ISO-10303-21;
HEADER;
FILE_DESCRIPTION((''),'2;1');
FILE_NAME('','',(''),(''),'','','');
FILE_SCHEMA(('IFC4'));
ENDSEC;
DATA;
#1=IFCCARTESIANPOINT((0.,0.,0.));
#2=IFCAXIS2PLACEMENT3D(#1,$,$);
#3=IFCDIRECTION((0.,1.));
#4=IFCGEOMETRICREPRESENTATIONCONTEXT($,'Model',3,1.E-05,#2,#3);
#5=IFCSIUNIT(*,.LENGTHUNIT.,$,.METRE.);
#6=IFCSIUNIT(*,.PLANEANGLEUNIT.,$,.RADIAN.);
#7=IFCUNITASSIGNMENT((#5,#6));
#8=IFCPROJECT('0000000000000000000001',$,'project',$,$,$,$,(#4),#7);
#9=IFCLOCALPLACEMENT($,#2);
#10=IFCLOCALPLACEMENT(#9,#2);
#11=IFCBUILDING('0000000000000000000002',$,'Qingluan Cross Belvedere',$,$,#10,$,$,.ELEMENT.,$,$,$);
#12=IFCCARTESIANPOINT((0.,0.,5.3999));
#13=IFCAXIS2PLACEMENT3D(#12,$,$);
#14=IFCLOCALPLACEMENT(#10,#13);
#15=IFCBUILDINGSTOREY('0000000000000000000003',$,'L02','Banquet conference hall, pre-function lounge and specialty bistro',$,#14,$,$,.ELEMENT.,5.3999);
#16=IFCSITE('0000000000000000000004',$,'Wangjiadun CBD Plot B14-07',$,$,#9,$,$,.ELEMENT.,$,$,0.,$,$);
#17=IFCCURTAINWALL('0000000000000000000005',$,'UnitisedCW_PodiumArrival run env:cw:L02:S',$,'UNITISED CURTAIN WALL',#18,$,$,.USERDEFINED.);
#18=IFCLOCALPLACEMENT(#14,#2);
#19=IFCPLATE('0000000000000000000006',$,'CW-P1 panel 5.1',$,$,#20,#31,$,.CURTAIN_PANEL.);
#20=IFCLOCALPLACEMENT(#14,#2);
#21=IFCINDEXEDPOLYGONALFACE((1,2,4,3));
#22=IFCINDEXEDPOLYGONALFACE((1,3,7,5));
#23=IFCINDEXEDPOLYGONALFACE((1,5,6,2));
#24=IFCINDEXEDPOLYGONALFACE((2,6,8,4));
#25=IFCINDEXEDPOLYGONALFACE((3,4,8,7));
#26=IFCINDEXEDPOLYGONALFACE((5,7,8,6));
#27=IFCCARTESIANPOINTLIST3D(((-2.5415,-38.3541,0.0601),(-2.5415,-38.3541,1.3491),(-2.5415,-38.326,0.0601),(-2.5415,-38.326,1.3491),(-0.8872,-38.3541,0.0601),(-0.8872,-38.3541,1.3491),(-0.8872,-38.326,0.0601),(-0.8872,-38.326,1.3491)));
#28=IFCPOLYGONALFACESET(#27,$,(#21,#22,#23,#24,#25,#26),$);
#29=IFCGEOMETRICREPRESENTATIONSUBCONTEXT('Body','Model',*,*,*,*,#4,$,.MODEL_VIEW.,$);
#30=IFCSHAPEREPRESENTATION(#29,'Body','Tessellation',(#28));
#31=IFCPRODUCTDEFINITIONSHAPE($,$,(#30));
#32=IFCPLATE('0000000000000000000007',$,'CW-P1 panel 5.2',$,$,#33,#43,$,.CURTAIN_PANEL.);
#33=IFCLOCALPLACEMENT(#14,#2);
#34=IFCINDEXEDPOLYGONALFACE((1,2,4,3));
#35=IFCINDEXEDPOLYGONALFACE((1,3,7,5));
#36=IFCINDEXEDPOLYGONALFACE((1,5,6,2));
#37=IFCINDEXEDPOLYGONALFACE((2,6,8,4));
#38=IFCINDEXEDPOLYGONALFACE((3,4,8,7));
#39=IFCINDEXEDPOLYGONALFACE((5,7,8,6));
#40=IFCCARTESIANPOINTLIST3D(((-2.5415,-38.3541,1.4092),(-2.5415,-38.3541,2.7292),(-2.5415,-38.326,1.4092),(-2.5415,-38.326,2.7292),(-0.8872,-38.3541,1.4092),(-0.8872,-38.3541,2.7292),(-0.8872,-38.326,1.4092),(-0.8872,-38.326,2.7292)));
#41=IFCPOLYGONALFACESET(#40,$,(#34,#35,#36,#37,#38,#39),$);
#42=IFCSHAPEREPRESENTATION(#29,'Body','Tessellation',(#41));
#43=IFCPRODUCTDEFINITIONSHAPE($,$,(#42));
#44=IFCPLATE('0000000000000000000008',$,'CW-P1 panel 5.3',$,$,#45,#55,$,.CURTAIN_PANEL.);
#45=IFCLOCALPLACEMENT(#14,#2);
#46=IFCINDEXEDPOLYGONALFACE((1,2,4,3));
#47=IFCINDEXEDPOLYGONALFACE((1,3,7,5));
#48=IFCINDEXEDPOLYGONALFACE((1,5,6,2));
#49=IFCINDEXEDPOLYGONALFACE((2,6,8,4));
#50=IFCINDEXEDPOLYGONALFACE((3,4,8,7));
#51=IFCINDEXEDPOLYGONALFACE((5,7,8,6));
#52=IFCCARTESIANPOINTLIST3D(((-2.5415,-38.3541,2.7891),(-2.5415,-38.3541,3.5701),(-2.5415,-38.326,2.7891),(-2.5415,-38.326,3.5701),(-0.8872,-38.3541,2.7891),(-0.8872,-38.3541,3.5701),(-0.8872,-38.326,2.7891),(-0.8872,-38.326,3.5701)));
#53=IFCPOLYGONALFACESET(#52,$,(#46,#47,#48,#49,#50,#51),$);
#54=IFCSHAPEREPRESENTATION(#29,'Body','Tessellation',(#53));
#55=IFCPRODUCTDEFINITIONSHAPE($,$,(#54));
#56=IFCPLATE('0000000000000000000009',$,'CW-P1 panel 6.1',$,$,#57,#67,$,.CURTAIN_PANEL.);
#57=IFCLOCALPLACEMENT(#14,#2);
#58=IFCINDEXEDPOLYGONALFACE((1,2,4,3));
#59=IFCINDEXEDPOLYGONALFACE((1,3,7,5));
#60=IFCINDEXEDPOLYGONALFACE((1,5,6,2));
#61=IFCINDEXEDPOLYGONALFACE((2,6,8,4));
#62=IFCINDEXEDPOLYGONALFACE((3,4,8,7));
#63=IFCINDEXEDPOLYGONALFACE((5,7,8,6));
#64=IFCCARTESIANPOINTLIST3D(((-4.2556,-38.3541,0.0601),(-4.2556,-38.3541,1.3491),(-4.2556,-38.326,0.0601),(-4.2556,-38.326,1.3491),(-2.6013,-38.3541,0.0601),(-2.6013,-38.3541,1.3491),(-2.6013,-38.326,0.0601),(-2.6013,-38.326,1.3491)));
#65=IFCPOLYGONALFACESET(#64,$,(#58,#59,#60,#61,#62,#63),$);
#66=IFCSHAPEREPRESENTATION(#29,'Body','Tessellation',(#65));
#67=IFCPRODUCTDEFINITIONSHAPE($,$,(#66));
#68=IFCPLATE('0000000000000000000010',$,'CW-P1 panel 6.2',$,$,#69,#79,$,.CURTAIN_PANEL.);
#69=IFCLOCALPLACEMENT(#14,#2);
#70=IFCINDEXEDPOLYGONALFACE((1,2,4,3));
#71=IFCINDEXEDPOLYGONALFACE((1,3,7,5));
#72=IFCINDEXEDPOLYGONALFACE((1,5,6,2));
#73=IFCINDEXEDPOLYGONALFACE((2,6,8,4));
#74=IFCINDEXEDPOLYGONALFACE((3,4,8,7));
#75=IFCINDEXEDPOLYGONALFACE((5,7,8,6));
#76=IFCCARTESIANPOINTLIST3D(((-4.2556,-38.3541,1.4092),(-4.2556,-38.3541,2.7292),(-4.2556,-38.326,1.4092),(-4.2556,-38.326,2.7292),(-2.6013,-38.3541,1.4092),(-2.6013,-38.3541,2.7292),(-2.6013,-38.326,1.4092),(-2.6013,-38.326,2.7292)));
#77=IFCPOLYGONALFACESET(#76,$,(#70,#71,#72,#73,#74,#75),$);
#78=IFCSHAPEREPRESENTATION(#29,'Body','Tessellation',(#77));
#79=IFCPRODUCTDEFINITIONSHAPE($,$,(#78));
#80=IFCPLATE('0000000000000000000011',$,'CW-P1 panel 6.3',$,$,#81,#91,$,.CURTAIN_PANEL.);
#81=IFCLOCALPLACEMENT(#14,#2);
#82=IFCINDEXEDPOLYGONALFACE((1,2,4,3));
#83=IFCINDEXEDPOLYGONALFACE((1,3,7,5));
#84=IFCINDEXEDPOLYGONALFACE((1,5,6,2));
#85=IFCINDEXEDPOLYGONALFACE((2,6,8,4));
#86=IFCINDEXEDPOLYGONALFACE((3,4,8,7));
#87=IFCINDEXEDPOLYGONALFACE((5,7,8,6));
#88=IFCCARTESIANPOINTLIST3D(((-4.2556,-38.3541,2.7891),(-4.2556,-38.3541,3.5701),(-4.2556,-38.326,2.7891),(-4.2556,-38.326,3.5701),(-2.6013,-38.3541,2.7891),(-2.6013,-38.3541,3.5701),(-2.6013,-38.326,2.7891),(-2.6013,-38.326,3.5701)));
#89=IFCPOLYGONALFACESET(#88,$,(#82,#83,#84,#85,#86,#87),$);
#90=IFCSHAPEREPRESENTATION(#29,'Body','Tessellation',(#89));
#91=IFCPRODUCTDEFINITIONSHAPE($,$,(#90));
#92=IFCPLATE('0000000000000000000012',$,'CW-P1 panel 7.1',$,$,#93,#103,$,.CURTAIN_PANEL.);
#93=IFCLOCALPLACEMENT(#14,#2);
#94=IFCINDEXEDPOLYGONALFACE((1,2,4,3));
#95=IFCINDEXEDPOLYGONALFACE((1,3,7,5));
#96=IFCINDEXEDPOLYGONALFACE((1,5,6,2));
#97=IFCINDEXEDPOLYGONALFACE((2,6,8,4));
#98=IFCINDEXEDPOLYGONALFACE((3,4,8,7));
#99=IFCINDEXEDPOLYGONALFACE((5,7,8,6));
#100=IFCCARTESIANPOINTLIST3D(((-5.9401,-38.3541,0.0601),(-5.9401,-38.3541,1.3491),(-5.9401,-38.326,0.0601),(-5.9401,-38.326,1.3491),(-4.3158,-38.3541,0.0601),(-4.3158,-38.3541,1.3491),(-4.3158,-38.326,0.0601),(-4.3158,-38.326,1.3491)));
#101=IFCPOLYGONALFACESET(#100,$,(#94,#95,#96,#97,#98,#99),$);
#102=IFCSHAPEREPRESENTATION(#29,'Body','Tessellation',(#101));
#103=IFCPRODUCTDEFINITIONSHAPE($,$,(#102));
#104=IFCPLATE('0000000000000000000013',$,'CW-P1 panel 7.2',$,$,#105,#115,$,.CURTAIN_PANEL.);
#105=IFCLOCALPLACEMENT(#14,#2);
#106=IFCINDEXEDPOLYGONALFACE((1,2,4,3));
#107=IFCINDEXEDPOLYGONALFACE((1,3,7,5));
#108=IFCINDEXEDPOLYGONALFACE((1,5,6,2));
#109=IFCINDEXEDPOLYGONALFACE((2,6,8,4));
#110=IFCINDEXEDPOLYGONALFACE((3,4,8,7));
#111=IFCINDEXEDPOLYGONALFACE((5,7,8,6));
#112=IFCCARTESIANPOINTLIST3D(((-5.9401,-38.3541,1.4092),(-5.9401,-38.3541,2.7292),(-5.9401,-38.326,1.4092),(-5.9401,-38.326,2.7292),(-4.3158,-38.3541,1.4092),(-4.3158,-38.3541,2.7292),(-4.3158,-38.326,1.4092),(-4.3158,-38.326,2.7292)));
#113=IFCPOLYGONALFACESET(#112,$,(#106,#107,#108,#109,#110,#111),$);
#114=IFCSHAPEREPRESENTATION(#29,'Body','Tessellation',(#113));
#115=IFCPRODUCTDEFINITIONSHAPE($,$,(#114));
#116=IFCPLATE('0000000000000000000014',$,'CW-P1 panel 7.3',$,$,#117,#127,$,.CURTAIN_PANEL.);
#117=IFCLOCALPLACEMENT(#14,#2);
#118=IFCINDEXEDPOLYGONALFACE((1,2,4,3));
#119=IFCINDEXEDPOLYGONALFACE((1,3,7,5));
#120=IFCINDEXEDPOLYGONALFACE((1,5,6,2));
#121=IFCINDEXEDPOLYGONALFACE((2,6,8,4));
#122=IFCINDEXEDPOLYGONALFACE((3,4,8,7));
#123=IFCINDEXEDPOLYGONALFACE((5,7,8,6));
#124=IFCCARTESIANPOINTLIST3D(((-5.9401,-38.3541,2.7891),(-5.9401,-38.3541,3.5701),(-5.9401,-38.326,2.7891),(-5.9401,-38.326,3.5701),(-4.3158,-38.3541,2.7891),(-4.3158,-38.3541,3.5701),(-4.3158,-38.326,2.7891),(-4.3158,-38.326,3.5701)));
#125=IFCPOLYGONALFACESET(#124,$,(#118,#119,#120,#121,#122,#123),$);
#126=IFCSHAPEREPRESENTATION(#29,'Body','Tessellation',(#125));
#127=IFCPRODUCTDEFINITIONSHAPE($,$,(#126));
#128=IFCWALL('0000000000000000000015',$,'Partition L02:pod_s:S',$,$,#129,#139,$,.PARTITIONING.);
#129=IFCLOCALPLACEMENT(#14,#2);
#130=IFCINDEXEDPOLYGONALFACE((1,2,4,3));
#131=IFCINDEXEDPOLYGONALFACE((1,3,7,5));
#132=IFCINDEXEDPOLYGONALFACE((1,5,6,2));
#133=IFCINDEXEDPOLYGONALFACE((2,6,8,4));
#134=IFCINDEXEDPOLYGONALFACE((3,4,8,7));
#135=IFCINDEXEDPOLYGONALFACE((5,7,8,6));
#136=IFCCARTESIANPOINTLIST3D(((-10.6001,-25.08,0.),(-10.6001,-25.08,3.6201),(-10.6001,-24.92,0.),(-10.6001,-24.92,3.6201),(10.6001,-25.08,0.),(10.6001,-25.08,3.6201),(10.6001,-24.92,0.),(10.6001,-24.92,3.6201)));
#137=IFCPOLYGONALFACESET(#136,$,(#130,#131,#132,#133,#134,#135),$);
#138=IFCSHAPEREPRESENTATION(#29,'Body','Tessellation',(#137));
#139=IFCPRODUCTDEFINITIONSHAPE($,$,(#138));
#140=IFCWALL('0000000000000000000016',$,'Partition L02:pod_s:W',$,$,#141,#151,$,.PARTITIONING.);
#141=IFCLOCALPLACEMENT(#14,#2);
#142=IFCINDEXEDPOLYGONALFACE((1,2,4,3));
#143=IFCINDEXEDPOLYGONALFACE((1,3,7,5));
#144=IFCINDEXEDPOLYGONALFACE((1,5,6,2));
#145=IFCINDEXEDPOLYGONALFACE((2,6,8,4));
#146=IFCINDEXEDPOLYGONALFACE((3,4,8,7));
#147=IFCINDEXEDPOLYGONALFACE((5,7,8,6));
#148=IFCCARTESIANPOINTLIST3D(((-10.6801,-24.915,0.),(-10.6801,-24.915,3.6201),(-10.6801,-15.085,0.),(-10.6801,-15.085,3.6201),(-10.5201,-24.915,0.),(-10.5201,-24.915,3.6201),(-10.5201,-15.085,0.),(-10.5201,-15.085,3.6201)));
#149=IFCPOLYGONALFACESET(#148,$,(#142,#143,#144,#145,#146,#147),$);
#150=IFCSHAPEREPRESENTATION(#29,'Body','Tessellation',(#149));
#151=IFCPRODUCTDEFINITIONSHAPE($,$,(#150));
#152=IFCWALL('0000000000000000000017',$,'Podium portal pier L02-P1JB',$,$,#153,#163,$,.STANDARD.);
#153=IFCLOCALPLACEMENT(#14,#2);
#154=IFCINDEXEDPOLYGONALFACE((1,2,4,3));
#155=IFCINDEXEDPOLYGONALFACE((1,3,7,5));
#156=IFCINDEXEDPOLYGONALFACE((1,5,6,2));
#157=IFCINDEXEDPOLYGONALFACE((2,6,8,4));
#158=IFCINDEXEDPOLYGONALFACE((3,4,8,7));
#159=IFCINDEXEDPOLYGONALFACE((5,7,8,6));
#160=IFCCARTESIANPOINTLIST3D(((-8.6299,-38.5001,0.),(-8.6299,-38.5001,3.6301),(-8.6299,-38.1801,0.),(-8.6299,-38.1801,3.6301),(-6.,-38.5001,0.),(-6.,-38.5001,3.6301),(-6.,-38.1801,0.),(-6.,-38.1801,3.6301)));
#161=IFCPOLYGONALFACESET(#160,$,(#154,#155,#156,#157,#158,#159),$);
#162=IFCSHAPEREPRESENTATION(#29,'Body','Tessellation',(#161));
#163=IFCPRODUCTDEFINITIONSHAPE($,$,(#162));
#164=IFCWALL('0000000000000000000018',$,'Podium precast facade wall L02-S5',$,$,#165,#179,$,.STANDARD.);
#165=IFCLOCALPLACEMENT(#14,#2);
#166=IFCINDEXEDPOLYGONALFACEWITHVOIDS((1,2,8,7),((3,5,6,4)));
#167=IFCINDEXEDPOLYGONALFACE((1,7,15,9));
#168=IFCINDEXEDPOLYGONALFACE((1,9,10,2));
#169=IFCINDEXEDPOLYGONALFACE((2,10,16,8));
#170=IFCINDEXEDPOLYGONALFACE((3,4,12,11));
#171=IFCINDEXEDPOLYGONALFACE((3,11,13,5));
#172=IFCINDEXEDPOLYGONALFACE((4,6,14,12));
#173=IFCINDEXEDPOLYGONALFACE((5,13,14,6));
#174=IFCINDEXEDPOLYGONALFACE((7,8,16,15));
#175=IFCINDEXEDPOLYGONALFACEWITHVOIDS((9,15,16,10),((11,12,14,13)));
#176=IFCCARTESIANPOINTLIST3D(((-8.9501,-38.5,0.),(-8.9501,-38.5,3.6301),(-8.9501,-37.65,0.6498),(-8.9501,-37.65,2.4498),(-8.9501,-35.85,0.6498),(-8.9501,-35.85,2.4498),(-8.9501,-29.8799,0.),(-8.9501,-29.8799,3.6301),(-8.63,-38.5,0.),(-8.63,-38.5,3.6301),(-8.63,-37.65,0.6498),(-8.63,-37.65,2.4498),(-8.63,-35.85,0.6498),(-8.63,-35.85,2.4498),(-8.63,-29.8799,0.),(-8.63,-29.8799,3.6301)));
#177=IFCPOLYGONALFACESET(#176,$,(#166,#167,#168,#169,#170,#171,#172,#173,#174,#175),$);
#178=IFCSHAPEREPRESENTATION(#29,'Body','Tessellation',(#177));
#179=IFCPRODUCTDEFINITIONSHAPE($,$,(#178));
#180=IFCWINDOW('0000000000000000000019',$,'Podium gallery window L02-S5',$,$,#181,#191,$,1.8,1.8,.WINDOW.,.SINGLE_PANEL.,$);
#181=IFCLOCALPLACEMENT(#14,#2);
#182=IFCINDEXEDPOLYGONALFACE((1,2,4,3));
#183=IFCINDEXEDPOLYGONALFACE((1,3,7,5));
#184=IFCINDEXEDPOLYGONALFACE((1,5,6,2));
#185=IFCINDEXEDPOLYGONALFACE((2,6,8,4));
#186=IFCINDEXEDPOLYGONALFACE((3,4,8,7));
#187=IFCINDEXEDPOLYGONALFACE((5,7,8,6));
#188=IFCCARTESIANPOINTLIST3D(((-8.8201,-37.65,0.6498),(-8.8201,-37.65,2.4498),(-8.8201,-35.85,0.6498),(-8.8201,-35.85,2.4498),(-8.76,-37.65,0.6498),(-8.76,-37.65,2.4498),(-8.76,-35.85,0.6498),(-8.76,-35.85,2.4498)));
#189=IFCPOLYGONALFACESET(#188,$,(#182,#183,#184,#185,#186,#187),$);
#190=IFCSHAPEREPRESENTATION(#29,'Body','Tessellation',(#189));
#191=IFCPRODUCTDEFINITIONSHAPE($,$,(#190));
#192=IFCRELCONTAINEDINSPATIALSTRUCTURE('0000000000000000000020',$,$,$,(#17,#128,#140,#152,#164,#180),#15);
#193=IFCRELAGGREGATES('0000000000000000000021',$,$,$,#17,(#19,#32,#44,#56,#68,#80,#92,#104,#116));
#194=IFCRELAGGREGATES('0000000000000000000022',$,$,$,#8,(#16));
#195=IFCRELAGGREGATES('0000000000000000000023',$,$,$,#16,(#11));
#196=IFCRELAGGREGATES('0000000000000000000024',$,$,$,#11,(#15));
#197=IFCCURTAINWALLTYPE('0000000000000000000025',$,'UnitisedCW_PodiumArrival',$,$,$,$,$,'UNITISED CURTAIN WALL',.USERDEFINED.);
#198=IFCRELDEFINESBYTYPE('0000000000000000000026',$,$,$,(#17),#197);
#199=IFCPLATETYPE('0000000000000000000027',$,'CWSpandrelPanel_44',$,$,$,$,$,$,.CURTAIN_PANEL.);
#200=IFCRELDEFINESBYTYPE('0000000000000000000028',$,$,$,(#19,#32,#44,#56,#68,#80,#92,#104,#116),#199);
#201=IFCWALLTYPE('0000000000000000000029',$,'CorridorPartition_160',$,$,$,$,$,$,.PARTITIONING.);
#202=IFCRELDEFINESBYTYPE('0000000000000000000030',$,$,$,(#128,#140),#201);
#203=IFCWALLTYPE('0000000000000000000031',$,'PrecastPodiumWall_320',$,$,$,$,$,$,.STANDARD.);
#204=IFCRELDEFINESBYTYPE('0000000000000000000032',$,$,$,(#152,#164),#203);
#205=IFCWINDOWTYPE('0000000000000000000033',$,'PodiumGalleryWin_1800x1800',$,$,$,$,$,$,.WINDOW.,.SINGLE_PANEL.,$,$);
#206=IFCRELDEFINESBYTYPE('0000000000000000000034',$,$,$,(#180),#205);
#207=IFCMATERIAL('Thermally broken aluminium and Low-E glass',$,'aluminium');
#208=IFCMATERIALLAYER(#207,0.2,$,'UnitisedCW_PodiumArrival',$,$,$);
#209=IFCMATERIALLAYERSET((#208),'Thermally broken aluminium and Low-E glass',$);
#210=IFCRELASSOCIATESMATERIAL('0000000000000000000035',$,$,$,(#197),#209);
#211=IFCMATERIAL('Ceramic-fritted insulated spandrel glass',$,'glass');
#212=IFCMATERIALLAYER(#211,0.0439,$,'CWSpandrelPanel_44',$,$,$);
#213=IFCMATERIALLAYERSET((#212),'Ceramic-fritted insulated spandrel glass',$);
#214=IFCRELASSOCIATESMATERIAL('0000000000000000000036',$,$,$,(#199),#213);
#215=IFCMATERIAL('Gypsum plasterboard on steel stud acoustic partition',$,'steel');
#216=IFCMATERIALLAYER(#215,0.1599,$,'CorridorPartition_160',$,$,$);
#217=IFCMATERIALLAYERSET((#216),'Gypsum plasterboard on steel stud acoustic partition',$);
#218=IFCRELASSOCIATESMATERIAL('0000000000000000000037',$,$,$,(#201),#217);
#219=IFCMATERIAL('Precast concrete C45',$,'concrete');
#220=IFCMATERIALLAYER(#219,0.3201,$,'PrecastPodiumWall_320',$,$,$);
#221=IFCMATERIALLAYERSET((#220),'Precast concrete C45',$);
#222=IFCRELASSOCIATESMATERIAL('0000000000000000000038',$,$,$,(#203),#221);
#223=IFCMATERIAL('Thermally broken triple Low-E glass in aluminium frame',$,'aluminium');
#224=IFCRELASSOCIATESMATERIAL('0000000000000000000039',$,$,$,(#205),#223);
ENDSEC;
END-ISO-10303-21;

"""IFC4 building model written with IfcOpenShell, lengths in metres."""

from ifc_helpers import new_model, si_unit, direction, frame, frame_2d, origin, origin_2d, place, context, subcontext, project, spatial, rectangle, extrude, material, layer, layer_set, type_object, element, fill, aggregate, save


model = new_model("IFC4")

# Units and contexts
model_context = context("Model", 3, precision=1e-05, world=origin(), true_north=direction((0.0, 1.0)))
body_context = subcontext(model_context, "Body", "Model", "MODEL_VIEW")
ifc_project = project(units=[si_unit("LENGTHUNIT", "METRE"), si_unit("PLANEANGLEUNIT", "RADIAN")], contexts=[model_context])

# Site, building, storey
site_placement = place(None, origin())
site = spatial("IfcSite", under=ifc_project, at=site_placement, Name="Wangjiadun CBD Plot B14-07", CompositionType="ELEMENT", RefElevation=0.0)
building_placement = place(site_placement, origin())
building = spatial("IfcBuilding", under=site, at=building_placement, Name="Qingluan Cross Belvedere", CompositionType="ELEMENT")
storey_placement = place(building_placement, frame((0.0, 0.0, 5.3999)))
storey = spatial("IfcBuildingStorey", under=building, at=storey_placement, Name="L02", Description="Banquet conference hall, pre-function lounge and specialty bistro", CompositionType="ELEMENT", Elevation=5.3999)

# Curtain wall
ifc_material_1 = material(Name="Thermally broken aluminium and Low-E glass", Category="aluminium")
ifc_layer_1 = layer(ifc_material_1, 0.2, Name="UnitisedCW_PodiumArrival")
ifc_layer_set_1 = layer_set([ifc_layer_1], Name="Thermally broken aluminium and Low-E glass")
curtain_wall_type = type_object("IfcCurtainWallType", Name="UnitisedCW_PodiumArrival", ElementType="UNITISED CURTAIN WALL", PredefinedType="USERDEFINED", material=ifc_layer_set_1)
curtain_wall_placement = place(storey_placement, origin())
curtain_wall = element("IfcCurtainWall", 1, at=curtain_wall_placement, inside=storey, type_object=curtain_wall_type, Name="UnitisedCW_PodiumArrival run env:cw:L02:S", ObjectType="UNITISED CURTAIN WALL", PredefinedType="USERDEFINED")

# Plates
ifc_material_2 = material(Name="Ceramic-fritted insulated spandrel glass", Category="glass")
ifc_layer_2 = layer(ifc_material_2, 0.0439, Name="CWSpandrelPanel_44")
ifc_layer_set_2 = layer_set([ifc_layer_2], Name="Ceramic-fritted insulated spandrel glass")
plate_type = type_object("IfcPlateType", Name="CWSpandrelPanel_44", PredefinedType="CURTAIN_PANEL", material=ifc_layer_set_2)
plate_1_placement = place(storey_placement, frame((-1.7144, -38.3401, 0.0601), z_axis=(0.0, 0.0, 1.0), x_axis=(-1.0, 0.0, 0.0)))
plate_1 = element("IfcPlate", 2, at=plate_1_placement, type_object=plate_type, Name="CW-P1 panel 5.1", PredefinedType="CURTAIN_PANEL", context=body_context, shape_type="SweptSolid", body=[
    extrude(rectangle(XDim=1.6543, YDim=0.0281, at=origin_2d()), origin(), (0.0, 0.0, 1.0), 1.2891),
])
plate_2_placement = place(storey_placement, frame((-1.7144, -38.3401, 1.4092), z_axis=(0.0, 0.0, 1.0), x_axis=(-1.0, 0.0, 0.0)))
plate_2 = element("IfcPlate", 3, at=plate_2_placement, type_object=plate_type, Name="CW-P1 panel 5.2", PredefinedType="CURTAIN_PANEL", context=body_context, shape_type="SweptSolid", body=[
    extrude(rectangle(XDim=1.6543, YDim=0.0281, at=origin_2d()), origin(), (0.0, 0.0, 1.0), 1.3201),
])
plate_3_placement = place(storey_placement, frame((-1.7144, -38.3401, 2.7891), z_axis=(0.0, 0.0, 1.0), x_axis=(-1.0, 0.0, 0.0)))
plate_3 = element("IfcPlate", 4, at=plate_3_placement, type_object=plate_type, Name="CW-P1 panel 5.3", PredefinedType="CURTAIN_PANEL", context=body_context, shape_type="SweptSolid", body=[
    extrude(rectangle(XDim=1.6543, YDim=0.0281, at=origin_2d()), origin(), (0.0, 0.0, 1.0), 0.781),
])
plate_4_placement = place(storey_placement, frame((-3.4285, -38.3401, 0.0601), z_axis=(0.0, 0.0, 1.0), x_axis=(-1.0, 0.0, 0.0)))
plate_4 = element("IfcPlate", 5, at=plate_4_placement, type_object=plate_type, Name="CW-P1 panel 6.1", PredefinedType="CURTAIN_PANEL", context=body_context, shape_type="SweptSolid", body=[
    extrude(rectangle(XDim=1.6543, YDim=0.0281, at=origin_2d()), origin(), (0.0, 0.0, 1.0), 1.2891),
])
plate_5_placement = place(storey_placement, frame((-3.4285, -38.3401, 1.4092), z_axis=(0.0, 0.0, 1.0), x_axis=(-1.0, 0.0, 0.0)))
plate_5 = element("IfcPlate", 6, at=plate_5_placement, type_object=plate_type, Name="CW-P1 panel 6.2", PredefinedType="CURTAIN_PANEL", context=body_context, shape_type="SweptSolid", body=[
    extrude(rectangle(XDim=1.6543, YDim=0.0281, at=origin_2d()), origin(), (0.0, 0.0, 1.0), 1.3201),
])
plate_6_placement = place(storey_placement, frame((-3.4285, -38.3401, 2.7891), z_axis=(0.0, 0.0, 1.0), x_axis=(-1.0, 0.0, 0.0)))
plate_6 = element("IfcPlate", 7, at=plate_6_placement, type_object=plate_type, Name="CW-P1 panel 6.3", PredefinedType="CURTAIN_PANEL", context=body_context, shape_type="SweptSolid", body=[
    extrude(rectangle(XDim=1.6543, YDim=0.0281, at=origin_2d()), origin(), (0.0, 0.0, 1.0), 0.781),
])
plate_7_placement = place(storey_placement, frame((-5.1279, -38.3401, 0.0601), z_axis=(0.0, 0.0, 1.0), x_axis=(-1.0, 0.0, 0.0)))
plate_7 = element("IfcPlate", 8, at=plate_7_placement, type_object=plate_type, Name="CW-P1 panel 7.1", PredefinedType="CURTAIN_PANEL", context=body_context, shape_type="SweptSolid", body=[
    extrude(rectangle(XDim=1.6243, YDim=0.0281, at=origin_2d()), origin(), (0.0, 0.0, 1.0), 1.2891),
])
plate_8_placement = place(storey_placement, frame((-5.1279, -38.3401, 1.4092), z_axis=(0.0, 0.0, 1.0), x_axis=(-1.0, 0.0, 0.0)))
plate_8 = element("IfcPlate", 9, at=plate_8_placement, type_object=plate_type, Name="CW-P1 panel 7.2", PredefinedType="CURTAIN_PANEL", context=body_context, shape_type="SweptSolid", body=[
    extrude(rectangle(XDim=1.6243, YDim=0.0281, at=origin_2d()), origin(), (0.0, 0.0, 1.0), 1.3201),
])
plate_9_placement = place(storey_placement, frame((-5.1279, -38.3401, 2.7891), z_axis=(0.0, 0.0, 1.0), x_axis=(-1.0, 0.0, 0.0)))
plate_9 = element("IfcPlate", 10, at=plate_9_placement, type_object=plate_type, Name="CW-P1 panel 7.3", PredefinedType="CURTAIN_PANEL", context=body_context, shape_type="SweptSolid", body=[
    extrude(rectangle(XDim=1.6243, YDim=0.0281, at=origin_2d()), origin(), (0.0, 0.0, 1.0), 0.781),
])
aggregate(curtain_wall, [plate_1, plate_2, plate_3, plate_4, plate_5, plate_6, plate_7, plate_8, plate_9])

# Walls
ifc_material_3 = material(Name="Gypsum plasterboard on steel stud acoustic partition", Category="steel")
ifc_layer_3 = layer(ifc_material_3, 0.1599, Name="CorridorPartition_160")
ifc_layer_set_3 = layer_set([ifc_layer_3], Name="Gypsum plasterboard on steel stud acoustic partition")
wall_type_1 = type_object("IfcWallType", Name="CorridorPartition_160", PredefinedType="PARTITIONING", material=ifc_layer_set_3)
wall_1_placement = place(storey_placement, frame((-10.6001, -25.0, 0.0), z_axis=(0.0, 0.0, 1.0), x_axis=(1.0, 0.0, 0.0)))
element("IfcWall", 11, at=wall_1_placement, inside=storey, type_object=wall_type_1, Name="Partition L02:pod_s:S", PredefinedType="PARTITIONING", context=body_context, shape_type="SweptSolid", body=[
    extrude(rectangle(XDim=21.2002, YDim=0.1599, at=frame_2d((10.6001, 0.0))), origin(), (0.0, 0.0, 1.0), 3.6201),
])
wall_2_placement = place(storey_placement, frame((-10.6001, -24.915, 0.0), z_axis=(0.0, 0.0, 1.0), x_axis=(0.0, 1.0, 0.0)))
element("IfcWall", 12, at=wall_2_placement, inside=storey, type_object=wall_type_1, Name="Partition L02:pod_s:W", PredefinedType="PARTITIONING", context=body_context, shape_type="SweptSolid", body=[
    extrude(rectangle(XDim=9.8301, YDim=0.1599, at=frame_2d((4.915, 0.0))), origin(), (0.0, 0.0, 1.0), 3.6201),
])
ifc_material_4 = material(Name="Precast concrete C45", Category="concrete")
ifc_layer_4 = layer(ifc_material_4, 0.3201, Name="PrecastPodiumWall_320")
ifc_layer_set_4 = layer_set([ifc_layer_4], Name="Precast concrete C45")
wall_type_2 = type_object("IfcWallType", Name="PrecastPodiumWall_320", PredefinedType="STANDARD", material=ifc_layer_set_4)
wall_3_placement = place(storey_placement, frame((-6.0, -38.3401, 0.0), z_axis=(0.0, 0.0, 1.0), x_axis=(-1.0, 0.0, 0.0)))
element("IfcWall", 13, at=wall_3_placement, inside=storey, type_object=wall_type_2, Name="Podium portal pier L02-P1JB", PredefinedType="STANDARD", context=body_context, shape_type="SweptSolid", body=[
    extrude(rectangle(XDim=2.6299, YDim=0.3201, at=frame_2d((1.3149, 0.0))), origin(), (0.0, 0.0, 1.0), 3.6301),
])

# Wall, opening, window
wall_4_placement = place(storey_placement, frame((-8.79, -38.5, 0.0), z_axis=(0.0, 0.0, 1.0), x_axis=(0.0, 1.0, 0.0)))
wall_4 = element("IfcWall", 14, at=wall_4_placement, inside=storey, type_object=wall_type_2, Name="Podium precast facade wall L02-S5", PredefinedType="STANDARD", context=body_context, shape_type="SweptSolid", body=[
    extrude(rectangle(XDim=8.6201, YDim=0.3201, at=frame_2d((4.3101, 0.0))), origin(), (0.0, 0.0, 1.0), 3.6301),
])
opening_1_placement = place(wall_4_placement, frame((0.8501, 0.0, 0.6499)))
opening_1 = element("IfcOpeningElement", 15, at=opening_1_placement, cuts=wall_4, PredefinedType="OPENING", context=body_context, shape_type="SweptSolid", body=[
    extrude(rectangle(XDim=1.8, YDim=1.8, at=frame_2d((0.8999, 0.8999))), frame((0.0, 0.1699, 0.0), z_axis=(0.0, -1.0, 0.0), x_axis=(1.0, 0.0, 0.0)), (0.0, 0.0, 1.0), 0.3401),
])
ifc_material_5 = material(Name="Thermally broken triple Low-E glass in aluminium frame", Category="aluminium")
window_type = type_object("IfcWindowType", Name="PodiumGalleryWin_1800x1800", PartitioningType="SINGLE_PANEL", PredefinedType="WINDOW", material=ifc_material_5)
window_1_placement = place(opening_1_placement, origin())
window_1 = element("IfcWindow", 16, at=window_1_placement, inside=storey, type_object=window_type, Name="Podium gallery window L02-S5", OverallHeight=1.8, OverallWidth=1.8, PartitioningType="SINGLE_PANEL", PredefinedType="WINDOW", context=body_context, shape_type="SweptSolid", body=[
    extrude(rectangle(XDim=1.8, YDim=1.8, at=frame_2d((0.8999, 0.8999))), frame((0.0, 0.03, 0.0), z_axis=(0.0, -1.0, 0.0), x_axis=(1.0, 0.0, 0.0)), (0.0, 0.0, 1.0), 0.0601),
])
fill(opening_1, window_1)

save(model, "model.ifc")
